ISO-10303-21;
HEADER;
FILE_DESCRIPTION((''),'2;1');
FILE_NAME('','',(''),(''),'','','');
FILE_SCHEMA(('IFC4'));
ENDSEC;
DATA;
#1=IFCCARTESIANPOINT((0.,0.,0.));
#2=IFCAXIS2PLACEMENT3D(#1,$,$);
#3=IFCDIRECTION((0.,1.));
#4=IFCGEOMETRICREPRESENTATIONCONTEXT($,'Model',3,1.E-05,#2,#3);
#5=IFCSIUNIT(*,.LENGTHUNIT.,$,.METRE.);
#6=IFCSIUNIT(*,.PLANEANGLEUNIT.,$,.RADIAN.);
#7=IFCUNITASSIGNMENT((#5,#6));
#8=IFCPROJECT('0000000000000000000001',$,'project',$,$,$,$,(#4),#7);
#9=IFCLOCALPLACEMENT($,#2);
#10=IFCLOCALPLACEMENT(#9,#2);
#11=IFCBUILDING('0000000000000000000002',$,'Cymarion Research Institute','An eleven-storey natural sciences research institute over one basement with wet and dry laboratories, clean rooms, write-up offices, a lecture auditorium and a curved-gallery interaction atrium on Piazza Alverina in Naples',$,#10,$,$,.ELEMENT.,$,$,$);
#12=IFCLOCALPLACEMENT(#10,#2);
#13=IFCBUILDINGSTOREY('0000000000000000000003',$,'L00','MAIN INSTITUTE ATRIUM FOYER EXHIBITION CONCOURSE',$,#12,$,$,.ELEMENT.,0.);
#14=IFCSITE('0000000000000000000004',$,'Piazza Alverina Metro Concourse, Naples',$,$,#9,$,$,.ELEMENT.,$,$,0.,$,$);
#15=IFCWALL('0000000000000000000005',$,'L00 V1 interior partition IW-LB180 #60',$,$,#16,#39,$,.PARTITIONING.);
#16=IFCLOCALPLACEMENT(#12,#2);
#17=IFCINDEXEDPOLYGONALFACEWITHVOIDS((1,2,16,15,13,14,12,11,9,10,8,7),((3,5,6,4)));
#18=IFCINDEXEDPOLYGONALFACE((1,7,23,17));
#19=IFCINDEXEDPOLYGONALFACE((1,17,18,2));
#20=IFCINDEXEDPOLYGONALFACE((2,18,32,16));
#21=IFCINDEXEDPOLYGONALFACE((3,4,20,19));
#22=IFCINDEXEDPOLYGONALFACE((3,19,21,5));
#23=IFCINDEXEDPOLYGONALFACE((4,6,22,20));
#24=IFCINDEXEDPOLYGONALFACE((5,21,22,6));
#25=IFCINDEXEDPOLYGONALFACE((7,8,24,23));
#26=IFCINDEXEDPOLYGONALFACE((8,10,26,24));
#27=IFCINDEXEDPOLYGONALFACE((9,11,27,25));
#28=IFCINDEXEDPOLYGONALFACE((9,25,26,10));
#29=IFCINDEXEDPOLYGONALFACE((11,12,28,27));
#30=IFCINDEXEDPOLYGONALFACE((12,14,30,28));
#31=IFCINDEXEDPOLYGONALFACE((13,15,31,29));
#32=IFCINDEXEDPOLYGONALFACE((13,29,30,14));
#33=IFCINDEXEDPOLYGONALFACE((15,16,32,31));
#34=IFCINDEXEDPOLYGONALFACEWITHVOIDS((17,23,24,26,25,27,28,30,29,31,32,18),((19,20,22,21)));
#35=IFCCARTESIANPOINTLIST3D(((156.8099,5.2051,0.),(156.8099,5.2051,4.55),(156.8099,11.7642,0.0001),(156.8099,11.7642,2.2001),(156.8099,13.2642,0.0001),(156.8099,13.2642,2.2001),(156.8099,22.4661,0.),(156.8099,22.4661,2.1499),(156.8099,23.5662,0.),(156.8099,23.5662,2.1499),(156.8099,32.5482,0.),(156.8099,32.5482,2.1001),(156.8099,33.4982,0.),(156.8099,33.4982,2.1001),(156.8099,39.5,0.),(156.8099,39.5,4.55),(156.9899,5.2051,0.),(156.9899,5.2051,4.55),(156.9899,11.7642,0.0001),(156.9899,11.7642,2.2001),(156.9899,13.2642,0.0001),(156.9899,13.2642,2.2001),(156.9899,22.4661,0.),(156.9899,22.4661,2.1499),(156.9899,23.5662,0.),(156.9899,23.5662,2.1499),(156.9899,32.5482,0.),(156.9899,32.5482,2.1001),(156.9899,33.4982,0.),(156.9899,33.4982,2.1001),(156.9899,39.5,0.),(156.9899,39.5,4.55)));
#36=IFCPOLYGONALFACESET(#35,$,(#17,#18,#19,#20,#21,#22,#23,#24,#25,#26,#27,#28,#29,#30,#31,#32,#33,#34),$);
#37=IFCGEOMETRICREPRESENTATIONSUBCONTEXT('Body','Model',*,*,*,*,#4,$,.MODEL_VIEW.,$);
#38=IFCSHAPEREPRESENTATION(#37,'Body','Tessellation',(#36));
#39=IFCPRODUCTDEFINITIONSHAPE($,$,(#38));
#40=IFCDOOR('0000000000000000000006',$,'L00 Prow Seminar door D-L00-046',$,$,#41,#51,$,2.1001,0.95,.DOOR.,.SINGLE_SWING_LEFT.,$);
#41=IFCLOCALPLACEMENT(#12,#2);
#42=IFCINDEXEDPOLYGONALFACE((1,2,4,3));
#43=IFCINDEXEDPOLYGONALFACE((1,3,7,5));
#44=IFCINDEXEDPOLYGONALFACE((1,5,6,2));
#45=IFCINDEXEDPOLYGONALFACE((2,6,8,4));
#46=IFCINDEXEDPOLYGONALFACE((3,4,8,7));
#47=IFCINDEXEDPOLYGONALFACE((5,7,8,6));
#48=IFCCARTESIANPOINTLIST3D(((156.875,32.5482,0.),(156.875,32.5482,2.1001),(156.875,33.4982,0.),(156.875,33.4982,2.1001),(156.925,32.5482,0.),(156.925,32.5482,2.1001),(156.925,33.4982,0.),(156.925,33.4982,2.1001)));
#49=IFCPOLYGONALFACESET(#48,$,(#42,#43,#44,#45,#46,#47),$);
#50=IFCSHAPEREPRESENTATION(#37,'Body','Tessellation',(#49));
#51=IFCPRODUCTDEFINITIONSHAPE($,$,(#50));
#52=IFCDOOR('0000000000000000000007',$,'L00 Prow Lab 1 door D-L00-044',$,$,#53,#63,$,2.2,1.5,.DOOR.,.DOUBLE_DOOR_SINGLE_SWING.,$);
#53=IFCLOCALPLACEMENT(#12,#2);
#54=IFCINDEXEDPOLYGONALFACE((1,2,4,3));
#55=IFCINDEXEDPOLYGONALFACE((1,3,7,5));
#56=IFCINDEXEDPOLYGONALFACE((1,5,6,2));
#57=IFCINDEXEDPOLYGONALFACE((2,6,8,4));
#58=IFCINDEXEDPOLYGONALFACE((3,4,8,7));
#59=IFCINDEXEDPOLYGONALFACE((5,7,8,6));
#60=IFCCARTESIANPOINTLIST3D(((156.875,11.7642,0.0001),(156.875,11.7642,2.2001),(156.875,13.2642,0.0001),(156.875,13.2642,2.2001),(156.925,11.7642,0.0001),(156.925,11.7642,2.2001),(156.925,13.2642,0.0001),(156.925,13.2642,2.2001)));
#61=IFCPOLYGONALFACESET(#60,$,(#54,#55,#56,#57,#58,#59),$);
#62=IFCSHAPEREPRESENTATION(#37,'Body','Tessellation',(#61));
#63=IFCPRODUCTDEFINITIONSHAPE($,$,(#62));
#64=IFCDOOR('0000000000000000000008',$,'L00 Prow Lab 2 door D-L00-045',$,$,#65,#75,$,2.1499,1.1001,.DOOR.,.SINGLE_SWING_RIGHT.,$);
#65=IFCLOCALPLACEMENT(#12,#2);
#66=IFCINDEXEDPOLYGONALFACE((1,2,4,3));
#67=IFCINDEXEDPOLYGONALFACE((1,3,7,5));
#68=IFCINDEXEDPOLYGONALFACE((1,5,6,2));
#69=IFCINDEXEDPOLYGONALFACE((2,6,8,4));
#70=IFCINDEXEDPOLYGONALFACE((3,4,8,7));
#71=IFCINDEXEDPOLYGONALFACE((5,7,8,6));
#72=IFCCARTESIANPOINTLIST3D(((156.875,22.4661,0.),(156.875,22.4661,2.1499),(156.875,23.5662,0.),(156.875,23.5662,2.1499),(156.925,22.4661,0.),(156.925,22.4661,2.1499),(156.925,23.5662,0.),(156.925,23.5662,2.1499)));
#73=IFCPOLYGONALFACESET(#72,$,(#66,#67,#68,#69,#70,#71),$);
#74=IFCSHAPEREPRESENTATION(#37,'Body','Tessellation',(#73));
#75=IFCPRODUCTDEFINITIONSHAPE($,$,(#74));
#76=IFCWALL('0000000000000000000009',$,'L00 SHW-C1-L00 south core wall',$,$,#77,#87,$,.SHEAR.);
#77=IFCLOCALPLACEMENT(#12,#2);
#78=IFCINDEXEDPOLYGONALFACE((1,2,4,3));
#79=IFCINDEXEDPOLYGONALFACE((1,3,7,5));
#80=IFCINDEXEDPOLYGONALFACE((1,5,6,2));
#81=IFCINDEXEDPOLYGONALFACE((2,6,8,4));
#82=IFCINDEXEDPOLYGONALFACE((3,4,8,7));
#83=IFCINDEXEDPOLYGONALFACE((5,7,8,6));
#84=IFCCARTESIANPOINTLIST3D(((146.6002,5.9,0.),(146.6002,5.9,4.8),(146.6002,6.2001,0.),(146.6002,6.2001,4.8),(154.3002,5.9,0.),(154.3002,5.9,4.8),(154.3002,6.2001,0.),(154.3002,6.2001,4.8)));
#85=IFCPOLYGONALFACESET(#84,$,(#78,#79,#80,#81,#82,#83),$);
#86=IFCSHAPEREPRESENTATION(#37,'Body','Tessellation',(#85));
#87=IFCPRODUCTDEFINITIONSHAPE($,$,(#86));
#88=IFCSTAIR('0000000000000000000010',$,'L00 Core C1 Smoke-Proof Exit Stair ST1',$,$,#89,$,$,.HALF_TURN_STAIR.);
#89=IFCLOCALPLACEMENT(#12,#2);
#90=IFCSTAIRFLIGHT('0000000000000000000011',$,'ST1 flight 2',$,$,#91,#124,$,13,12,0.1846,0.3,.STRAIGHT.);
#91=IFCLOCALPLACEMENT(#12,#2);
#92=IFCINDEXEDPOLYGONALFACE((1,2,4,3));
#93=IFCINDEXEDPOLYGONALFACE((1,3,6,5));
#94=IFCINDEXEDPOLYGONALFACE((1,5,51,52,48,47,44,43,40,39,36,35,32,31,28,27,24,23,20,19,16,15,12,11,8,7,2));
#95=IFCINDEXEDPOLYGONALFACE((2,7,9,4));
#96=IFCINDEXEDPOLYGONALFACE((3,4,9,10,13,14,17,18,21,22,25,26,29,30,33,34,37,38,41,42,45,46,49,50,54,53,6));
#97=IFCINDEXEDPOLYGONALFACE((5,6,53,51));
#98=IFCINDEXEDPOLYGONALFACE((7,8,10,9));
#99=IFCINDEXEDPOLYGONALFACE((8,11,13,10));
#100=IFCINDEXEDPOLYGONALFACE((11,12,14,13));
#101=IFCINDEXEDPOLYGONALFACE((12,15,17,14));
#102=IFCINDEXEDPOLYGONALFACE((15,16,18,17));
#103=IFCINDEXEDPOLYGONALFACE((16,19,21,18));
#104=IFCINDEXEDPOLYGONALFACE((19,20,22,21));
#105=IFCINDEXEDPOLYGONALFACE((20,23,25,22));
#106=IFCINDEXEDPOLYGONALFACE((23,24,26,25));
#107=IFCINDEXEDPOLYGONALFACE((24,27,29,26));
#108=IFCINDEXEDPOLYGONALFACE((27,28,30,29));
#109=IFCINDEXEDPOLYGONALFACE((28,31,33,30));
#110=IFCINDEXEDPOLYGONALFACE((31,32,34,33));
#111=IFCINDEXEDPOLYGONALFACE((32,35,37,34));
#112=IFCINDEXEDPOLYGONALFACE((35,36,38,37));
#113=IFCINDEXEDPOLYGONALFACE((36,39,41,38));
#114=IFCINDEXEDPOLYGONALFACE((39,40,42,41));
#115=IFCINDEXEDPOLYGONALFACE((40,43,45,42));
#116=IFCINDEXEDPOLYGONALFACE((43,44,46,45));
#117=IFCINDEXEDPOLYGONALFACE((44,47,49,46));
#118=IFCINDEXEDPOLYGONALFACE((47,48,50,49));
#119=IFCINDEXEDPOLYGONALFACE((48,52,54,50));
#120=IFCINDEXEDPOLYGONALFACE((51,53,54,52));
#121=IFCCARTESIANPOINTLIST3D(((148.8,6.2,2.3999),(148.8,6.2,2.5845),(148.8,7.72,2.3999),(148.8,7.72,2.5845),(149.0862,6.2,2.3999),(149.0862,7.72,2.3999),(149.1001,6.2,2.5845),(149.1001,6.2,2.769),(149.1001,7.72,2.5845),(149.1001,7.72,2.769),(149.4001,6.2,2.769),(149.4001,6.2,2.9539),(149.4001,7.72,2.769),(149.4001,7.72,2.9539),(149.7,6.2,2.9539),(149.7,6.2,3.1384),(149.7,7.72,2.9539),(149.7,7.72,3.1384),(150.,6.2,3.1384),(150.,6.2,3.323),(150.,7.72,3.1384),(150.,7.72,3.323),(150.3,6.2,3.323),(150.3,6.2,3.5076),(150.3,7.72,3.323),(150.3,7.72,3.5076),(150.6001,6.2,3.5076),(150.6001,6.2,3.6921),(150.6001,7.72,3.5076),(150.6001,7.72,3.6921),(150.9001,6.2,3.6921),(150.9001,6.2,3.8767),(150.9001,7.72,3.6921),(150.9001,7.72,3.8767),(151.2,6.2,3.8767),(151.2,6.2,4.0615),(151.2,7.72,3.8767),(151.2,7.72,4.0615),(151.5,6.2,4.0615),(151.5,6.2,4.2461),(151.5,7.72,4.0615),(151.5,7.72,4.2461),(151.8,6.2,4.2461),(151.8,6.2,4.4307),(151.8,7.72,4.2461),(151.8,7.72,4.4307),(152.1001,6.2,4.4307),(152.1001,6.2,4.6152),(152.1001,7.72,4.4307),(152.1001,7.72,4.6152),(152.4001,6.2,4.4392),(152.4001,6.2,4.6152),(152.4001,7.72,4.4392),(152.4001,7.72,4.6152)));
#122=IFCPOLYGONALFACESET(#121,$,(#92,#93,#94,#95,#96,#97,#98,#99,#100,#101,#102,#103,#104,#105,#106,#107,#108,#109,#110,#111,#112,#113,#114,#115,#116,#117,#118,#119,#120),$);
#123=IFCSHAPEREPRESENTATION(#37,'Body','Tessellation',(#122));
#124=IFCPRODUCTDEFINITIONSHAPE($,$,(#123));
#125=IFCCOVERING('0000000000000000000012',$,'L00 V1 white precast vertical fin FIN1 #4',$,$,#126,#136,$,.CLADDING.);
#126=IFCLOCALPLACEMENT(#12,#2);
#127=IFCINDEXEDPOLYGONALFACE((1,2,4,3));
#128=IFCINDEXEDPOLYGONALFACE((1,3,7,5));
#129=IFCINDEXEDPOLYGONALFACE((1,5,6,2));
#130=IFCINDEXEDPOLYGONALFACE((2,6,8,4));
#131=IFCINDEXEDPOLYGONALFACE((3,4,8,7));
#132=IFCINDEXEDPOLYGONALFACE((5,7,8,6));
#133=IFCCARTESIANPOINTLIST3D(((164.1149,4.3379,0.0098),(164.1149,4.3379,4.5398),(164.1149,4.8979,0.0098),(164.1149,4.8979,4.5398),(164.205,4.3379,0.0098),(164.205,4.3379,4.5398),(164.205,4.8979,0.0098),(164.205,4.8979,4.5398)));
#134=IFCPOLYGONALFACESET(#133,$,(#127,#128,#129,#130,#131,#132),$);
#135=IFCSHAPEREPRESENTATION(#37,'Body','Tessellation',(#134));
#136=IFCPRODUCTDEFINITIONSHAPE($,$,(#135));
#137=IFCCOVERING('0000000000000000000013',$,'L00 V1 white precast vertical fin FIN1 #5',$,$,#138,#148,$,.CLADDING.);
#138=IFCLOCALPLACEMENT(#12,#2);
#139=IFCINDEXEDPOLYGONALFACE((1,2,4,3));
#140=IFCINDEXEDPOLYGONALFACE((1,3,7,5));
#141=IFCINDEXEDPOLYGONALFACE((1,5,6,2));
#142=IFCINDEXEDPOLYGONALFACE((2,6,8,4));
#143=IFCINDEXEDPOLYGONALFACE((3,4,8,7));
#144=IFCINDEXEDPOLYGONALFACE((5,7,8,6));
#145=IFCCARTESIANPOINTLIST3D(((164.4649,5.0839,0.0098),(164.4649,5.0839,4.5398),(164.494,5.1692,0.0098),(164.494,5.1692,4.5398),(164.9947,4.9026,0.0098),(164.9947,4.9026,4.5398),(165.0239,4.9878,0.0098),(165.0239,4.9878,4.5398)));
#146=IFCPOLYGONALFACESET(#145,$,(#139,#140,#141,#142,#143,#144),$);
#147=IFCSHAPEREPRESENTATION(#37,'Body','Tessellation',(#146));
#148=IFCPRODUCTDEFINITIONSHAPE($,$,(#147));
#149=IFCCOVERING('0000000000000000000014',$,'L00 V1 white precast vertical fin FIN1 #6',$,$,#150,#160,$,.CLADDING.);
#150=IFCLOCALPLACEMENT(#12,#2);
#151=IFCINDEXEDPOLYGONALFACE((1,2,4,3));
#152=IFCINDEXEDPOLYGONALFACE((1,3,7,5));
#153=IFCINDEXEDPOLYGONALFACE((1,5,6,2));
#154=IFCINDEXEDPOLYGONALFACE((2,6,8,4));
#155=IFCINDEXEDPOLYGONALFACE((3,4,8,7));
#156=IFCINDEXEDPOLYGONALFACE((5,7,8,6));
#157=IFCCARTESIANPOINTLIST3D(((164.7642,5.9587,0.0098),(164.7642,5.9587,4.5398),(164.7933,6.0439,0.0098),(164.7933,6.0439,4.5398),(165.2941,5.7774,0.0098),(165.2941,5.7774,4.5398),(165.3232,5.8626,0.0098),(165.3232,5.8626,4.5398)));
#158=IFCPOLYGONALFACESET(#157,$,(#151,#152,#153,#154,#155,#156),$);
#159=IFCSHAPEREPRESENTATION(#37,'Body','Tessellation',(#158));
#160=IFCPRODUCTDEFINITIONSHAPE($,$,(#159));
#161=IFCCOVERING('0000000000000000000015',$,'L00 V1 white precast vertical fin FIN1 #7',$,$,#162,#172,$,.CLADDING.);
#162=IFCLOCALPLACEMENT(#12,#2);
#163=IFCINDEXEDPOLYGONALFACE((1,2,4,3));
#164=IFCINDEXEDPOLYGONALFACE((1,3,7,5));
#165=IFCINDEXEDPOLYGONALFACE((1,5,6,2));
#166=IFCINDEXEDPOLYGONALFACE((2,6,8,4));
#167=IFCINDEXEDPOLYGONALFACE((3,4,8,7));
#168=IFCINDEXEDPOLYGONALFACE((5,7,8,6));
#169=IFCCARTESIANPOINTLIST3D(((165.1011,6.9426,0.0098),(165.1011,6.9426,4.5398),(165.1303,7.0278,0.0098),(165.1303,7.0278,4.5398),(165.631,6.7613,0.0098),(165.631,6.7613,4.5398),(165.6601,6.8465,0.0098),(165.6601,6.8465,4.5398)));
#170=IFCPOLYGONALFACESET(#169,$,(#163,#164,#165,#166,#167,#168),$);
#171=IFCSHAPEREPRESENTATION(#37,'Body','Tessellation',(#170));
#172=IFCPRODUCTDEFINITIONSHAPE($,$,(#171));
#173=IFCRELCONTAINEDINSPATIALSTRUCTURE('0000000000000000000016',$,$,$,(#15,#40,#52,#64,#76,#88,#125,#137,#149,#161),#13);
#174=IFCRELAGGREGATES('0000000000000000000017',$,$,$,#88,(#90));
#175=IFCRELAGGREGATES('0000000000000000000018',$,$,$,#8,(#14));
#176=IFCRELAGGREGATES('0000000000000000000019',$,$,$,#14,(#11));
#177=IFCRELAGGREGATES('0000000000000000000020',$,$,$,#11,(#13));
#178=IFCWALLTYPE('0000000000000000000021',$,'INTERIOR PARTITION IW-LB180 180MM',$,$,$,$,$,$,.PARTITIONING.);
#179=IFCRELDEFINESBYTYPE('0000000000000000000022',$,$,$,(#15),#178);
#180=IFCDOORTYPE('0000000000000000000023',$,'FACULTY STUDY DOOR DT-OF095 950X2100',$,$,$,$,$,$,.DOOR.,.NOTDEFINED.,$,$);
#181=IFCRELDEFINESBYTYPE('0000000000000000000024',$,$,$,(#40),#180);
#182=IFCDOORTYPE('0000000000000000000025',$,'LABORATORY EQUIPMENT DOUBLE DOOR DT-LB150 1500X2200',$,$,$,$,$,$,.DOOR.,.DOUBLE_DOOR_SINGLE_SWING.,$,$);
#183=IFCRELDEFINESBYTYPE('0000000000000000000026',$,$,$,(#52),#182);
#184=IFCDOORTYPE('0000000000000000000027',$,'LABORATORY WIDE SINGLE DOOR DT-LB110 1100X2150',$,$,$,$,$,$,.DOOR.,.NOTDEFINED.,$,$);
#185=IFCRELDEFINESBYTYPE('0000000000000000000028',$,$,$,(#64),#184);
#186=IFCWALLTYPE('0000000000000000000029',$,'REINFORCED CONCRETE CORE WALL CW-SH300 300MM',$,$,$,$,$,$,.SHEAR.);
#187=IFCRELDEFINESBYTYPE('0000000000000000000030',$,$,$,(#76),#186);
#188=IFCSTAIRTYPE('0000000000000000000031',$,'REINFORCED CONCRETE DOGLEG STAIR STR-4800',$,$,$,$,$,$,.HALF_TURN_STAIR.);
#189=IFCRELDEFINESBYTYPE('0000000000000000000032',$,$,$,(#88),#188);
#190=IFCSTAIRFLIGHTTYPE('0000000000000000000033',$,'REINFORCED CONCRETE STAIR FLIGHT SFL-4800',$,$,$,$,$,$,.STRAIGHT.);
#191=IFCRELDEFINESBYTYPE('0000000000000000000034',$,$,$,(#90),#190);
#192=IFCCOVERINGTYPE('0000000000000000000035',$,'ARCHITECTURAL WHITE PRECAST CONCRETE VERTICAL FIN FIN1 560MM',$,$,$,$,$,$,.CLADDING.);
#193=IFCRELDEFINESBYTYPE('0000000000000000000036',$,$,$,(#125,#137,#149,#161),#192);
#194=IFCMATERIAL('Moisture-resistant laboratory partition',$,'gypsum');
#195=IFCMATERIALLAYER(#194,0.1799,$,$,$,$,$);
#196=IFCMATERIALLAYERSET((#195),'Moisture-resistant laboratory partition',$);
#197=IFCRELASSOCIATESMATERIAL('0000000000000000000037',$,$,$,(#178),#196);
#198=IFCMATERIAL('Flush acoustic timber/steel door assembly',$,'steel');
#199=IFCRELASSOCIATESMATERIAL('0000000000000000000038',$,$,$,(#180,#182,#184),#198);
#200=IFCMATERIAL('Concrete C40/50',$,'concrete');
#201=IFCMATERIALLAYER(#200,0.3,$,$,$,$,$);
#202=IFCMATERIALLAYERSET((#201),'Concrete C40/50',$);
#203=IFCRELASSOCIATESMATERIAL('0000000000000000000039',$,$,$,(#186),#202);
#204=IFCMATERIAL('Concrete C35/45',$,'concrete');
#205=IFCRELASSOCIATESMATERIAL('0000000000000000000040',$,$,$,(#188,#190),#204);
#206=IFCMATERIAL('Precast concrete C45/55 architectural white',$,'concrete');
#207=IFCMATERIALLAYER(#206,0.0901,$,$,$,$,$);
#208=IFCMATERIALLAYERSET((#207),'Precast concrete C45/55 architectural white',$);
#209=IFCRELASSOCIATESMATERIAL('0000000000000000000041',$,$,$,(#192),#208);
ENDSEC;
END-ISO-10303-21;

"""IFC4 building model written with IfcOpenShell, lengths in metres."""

from ifc_helpers import new_model, si_unit, direction, frame, frame_2d, origin, origin_2d, place, context, subcontext, project, spatial, polyline, rectangle, outline, extrude, material, layer, layer_set, type_object, element, fill, aggregate, save


model = new_model("IFC4")

# Units and contexts
model_context = context("Model", 3, precision=1e-05, world=origin(), true_north=direction((0.0, 1.0)))
body_context = subcontext(model_context, "Body", "Model", "MODEL_VIEW")
ifc_project = project(units=[si_unit("LENGTHUNIT", "METRE"), si_unit("PLANEANGLEUNIT", "RADIAN")], contexts=[model_context])

# Site, building, storey
site_placement = place(None, origin())
site = spatial("IfcSite", under=ifc_project, at=site_placement, Name="Piazza Alverina Metro Concourse, Naples", CompositionType="ELEMENT", RefElevation=0.0)
building_placement = place(site_placement, origin())
building = spatial("IfcBuilding", under=site, at=building_placement, Name="Cymarion Research Institute", Description="An eleven-storey natural sciences research institute over one basement with wet and dry laboratories, clean rooms, write-up offices, a lecture auditorium and a curved-gallery interaction atrium on Piazza Alverina in Naples", CompositionType="ELEMENT")
storey_placement = place(building_placement, origin())
storey = spatial("IfcBuildingStorey", under=building, at=storey_placement, Name="L00", Description="MAIN INSTITUTE ATRIUM FOYER EXHIBITION CONCOURSE", CompositionType="ELEMENT", Elevation=0.0)

# Shared definitions
ifc_material_1 = material(Name="Concrete C40/50", Category="concrete")

# Wall, openings, doors
ifc_material_2 = material(Name="Moisture-resistant laboratory partition", Category="gypsum")
ifc_layer_1 = layer(ifc_material_2, 0.1799)
ifc_layer_set_1 = layer_set([ifc_layer_1], Name="Moisture-resistant laboratory partition")
wall_type_1 = type_object("IfcWallType", Name="INTERIOR PARTITION IW-LB180 180MM", PredefinedType="PARTITIONING", material=ifc_layer_set_1)
wall_1_placement = place(storey_placement, frame((156.8999, 5.2051, 0.0), z_axis=(0.0, 0.0, 1.0), x_axis=(0.0, 1.0, 0.0)))
wall_1 = element("IfcWall", 1, at=wall_1_placement, inside=storey, type_object=wall_type_1, Name="L00 V1 interior partition IW-LB180 #60", PredefinedType="PARTITIONING", context=body_context, shape_type="SweptSolid", body=[
    extrude(rectangle(XDim=34.2949, YDim=0.1799, at=frame_2d((17.1475, 0.0))), origin(), (0.0, 0.0, 1.0), 4.55),
])
opening_1_placement = place(wall_1_placement, frame((6.5591, 0.0, 0.0)))
opening_1 = element("IfcOpeningElement", 2, at=opening_1_placement, cuts=wall_1, PredefinedType="OPENING", context=body_context, shape_type="SweptSolid", body=[
    extrude(rectangle(XDim=1.5, YDim=2.2, at=frame_2d((0.75, 1.1001))), frame((0.0, 0.0999, 0.0), z_axis=(0.0, -1.0, 0.0), x_axis=(1.0, 0.0, 0.0)), (0.0, 0.0, 1.0), 0.2),
])
opening_2_placement = place(wall_1_placement, frame((17.261, 0.0, 0.0)))
opening_2 = element("IfcOpeningElement", 3, at=opening_2_placement, cuts=wall_1, PredefinedType="OPENING", context=body_context, shape_type="SweptSolid", body=[
    extrude(rectangle(XDim=1.1001, YDim=2.1499, at=frame_2d((0.55, 1.075))), frame((0.0, 0.0999, 0.0), z_axis=(0.0, -1.0, 0.0), x_axis=(1.0, 0.0, 0.0)), (0.0, 0.0, 1.0), 0.2),
])
opening_3_placement = place(wall_1_placement, frame((27.343, 0.0, 0.0)))
opening_3 = element("IfcOpeningElement", 4, at=opening_3_placement, cuts=wall_1, PredefinedType="OPENING", context=body_context, shape_type="SweptSolid", body=[
    extrude(rectangle(XDim=0.95, YDim=2.1001, at=frame_2d((0.4751, 1.05))), frame((0.0, 0.0999, 0.0), z_axis=(0.0, -1.0, 0.0), x_axis=(1.0, 0.0, 0.0)), (0.0, 0.0, 1.0), 0.2),
])
ifc_material_3 = material(Name="Flush acoustic timber/steel door assembly", Category="steel")
door_type_1 = type_object("IfcDoorType", Name="FACULTY STUDY DOOR DT-OF095 950X2100", OperationType="NOTDEFINED", PredefinedType="DOOR", material=ifc_material_3)
door_1_placement = place(opening_3_placement, origin())
door_1 = element("IfcDoor", 5, at=door_1_placement, inside=storey, type_object=door_type_1, Name="L00 Prow Seminar door D-L00-046", OperationType="SINGLE_SWING_LEFT", OverallHeight=2.1001, OverallWidth=0.95, PredefinedType="DOOR", context=body_context, shape_type="SweptSolid", body=[
    extrude(rectangle(XDim=0.95, YDim=2.1001, at=frame_2d((0.4751, 1.05))), frame((0.0, 0.0249, 0.0), z_axis=(0.0, -1.0, 0.0), x_axis=(1.0, 0.0, 0.0)), (0.0, 0.0, 1.0), 0.05),
])
fill(opening_3, door_1)
door_type_2 = type_object("IfcDoorType", Name="LABORATORY EQUIPMENT DOUBLE DOOR DT-LB150 1500X2200", OperationType="DOUBLE_DOOR_SINGLE_SWING", PredefinedType="DOOR", material=ifc_material_3)
door_2_placement = place(opening_1_placement, origin())
door_2 = element("IfcDoor", 6, at=door_2_placement, inside=storey, type_object=door_type_2, Name="L00 Prow Lab 1 door D-L00-044", OperationType="DOUBLE_DOOR_SINGLE_SWING", OverallHeight=2.2, OverallWidth=1.5, PredefinedType="DOOR", context=body_context, shape_type="SweptSolid", body=[
    extrude(rectangle(XDim=1.5, YDim=2.2, at=frame_2d((0.75, 1.1001))), frame((0.0, 0.0249, 0.0), z_axis=(0.0, -1.0, 0.0), x_axis=(1.0, 0.0, 0.0)), (0.0, 0.0, 1.0), 0.05),
])
fill(opening_1, door_2)
door_type_3 = type_object("IfcDoorType", Name="LABORATORY WIDE SINGLE DOOR DT-LB110 1100X2150", OperationType="NOTDEFINED", PredefinedType="DOOR", material=ifc_material_3)
door_3_placement = place(opening_2_placement, origin())
door_3 = element("IfcDoor", 7, at=door_3_placement, inside=storey, type_object=door_type_3, Name="L00 Prow Lab 2 door D-L00-045", OperationType="SINGLE_SWING_RIGHT", OverallHeight=2.1499, OverallWidth=1.1001, PredefinedType="DOOR", context=body_context, shape_type="SweptSolid", body=[
    extrude(rectangle(XDim=1.1001, YDim=2.1499, at=frame_2d((0.55, 1.075))), frame((0.0, 0.0249, 0.0), z_axis=(0.0, -1.0, 0.0), x_axis=(1.0, 0.0, 0.0)), (0.0, 0.0, 1.0), 0.05),
])
fill(opening_2, door_3)

# Wall
ifc_layer_2 = layer(ifc_material_1, 0.3)
ifc_layer_set_2 = layer_set([ifc_layer_2], Name="Concrete C40/50")
wall_type_2 = type_object("IfcWallType", Name="REINFORCED CONCRETE CORE WALL CW-SH300 300MM", PredefinedType="SHEAR", material=ifc_layer_set_2)
wall_2_placement = place(storey_placement, frame((146.6001, 6.05, 0.0), z_axis=(0.0, 0.0, 1.0), x_axis=(1.0, 0.0, 0.0)))
element("IfcWall", 8, at=wall_2_placement, inside=storey, type_object=wall_type_2, Name="L00 SHW-C1-L00 south core wall", PredefinedType="SHEAR", context=body_context, shape_type="SweptSolid", body=[
    extrude(rectangle(XDim=7.7, YDim=0.3, at=frame_2d((3.8501, 0.0))), origin(), (0.0, 0.0, 1.0), 4.8),
])

# Stair, stair flight
ifc_material_4 = material(Name="Concrete C35/45", Category="concrete")
stair_type = type_object("IfcStairType", Name="REINFORCED CONCRETE DOGLEG STAIR STR-4800", PredefinedType="HALF_TURN_STAIR", material=ifc_material_4)
stair_placement = place(storey_placement, origin())
stair = element("IfcStair", 9, at=stair_placement, inside=storey, type_object=stair_type, Name="L00 Core C1 Smoke-Proof Exit Stair ST1", PredefinedType="HALF_TURN_STAIR")
stair_flight_type = type_object("IfcStairFlightType", Name="REINFORCED CONCRETE STAIR FLIGHT SFL-4800", PredefinedType="STRAIGHT", material=ifc_material_4)
stair_flight_placement = place(storey_placement, frame((148.8, 6.96, 2.3999), z_axis=(0.0, 0.0, 1.0), x_axis=(1.0, 0.0, 0.0)))
stair_flight = element("IfcStairFlight", 10, at=stair_flight_placement, type_object=stair_flight_type, Name="ST1 flight 2", NumberOfRisers=13, NumberOfTreads=12, PredefinedType="STRAIGHT", RiserHeight=0.1846, TreadLength=0.3, context=body_context, shape_type="SweptSolid", body=[
    extrude(outline(polyline([(0.0, 0.0), (0.0, 0.1846), (0.3, 0.1846), (0.3, 0.3691), (0.6001, 0.3691), (0.6001, 0.554), (0.8999, 0.554), (0.8999, 0.7385), (1.2, 0.7385), (1.2, 0.9231), (1.5, 0.9231), (1.5, 1.1077), (1.8, 1.1077), (1.8, 1.2922), (2.1001, 1.2922), (2.1001, 1.4768), (2.3999, 1.4768), (2.3999, 1.6616), (2.7, 1.6616), (2.7, 1.8462), (3.0, 1.8462), (3.0, 2.0308), (3.3, 2.0308), (3.3, 2.2153), (3.6001, 2.2153), (3.6001, 2.3999), (3.6001, 2.0393), (0.2861, 0.0), (0.0, 0.0)])), frame((0.0, 0.76, 0.0), z_axis=(0.0, -1.0, 0.0), x_axis=(1.0, 0.0, 0.0)), (0.0, 0.0, 1.0), 1.52),
])
aggregate(stair, [stair_flight])

# Coverings
ifc_material_5 = material(Name="Precast concrete C45/55 architectural white", Category="concrete")
ifc_layer_3 = layer(ifc_material_5, 0.0901)
ifc_layer_set_3 = layer_set([ifc_layer_3], Name="Precast concrete C45/55 architectural white")
covering_type = type_object("IfcCoveringType", Name="ARCHITECTURAL WHITE PRECAST CONCRETE VERTICAL FIN FIN1 560MM", PredefinedType="CLADDING", material=ifc_layer_set_3)
for number, where, z_axis, x_axis, name in (
    (11, (164.1599, 4.6179, 0.0098), (0.0, 0.0, 1.0), (0.0, -1.0, 0.0), "L00 V1 white precast vertical fin FIN1 #4"),
    (12, (164.7444, 5.0359, 0.0098), (0.0, 0.0, 1.0), (0.946142, -0.323752, 0.0), "L00 V1 white precast vertical fin FIN1 #5"),
    (13, (165.0437, 5.9106, 0.0098), (0.0, 0.0, 1.0), (0.946142, -0.323752, 0.0), "L00 V1 white precast vertical fin FIN1 #6"),
    (14, (165.3806, 6.8945, 0.0098), (0.0, 0.0, 1.0), (0.946142, -0.323752, 0.0), "L00 V1 white precast vertical fin FIN1 #7"),
):
    element("IfcCovering", number, at=place(storey_placement, frame(where, z_axis=z_axis, x_axis=x_axis)), inside=storey, type_object=covering_type, Name=name, PredefinedType="CLADDING", context=body_context, shape_type="SweptSolid", body=[
        extrude(rectangle(XDim=0.5601, YDim=0.0901, at=origin_2d()), origin(), (0.0, 0.0, 1.0), 4.53),
    ])

save(model, "model.ifc")
